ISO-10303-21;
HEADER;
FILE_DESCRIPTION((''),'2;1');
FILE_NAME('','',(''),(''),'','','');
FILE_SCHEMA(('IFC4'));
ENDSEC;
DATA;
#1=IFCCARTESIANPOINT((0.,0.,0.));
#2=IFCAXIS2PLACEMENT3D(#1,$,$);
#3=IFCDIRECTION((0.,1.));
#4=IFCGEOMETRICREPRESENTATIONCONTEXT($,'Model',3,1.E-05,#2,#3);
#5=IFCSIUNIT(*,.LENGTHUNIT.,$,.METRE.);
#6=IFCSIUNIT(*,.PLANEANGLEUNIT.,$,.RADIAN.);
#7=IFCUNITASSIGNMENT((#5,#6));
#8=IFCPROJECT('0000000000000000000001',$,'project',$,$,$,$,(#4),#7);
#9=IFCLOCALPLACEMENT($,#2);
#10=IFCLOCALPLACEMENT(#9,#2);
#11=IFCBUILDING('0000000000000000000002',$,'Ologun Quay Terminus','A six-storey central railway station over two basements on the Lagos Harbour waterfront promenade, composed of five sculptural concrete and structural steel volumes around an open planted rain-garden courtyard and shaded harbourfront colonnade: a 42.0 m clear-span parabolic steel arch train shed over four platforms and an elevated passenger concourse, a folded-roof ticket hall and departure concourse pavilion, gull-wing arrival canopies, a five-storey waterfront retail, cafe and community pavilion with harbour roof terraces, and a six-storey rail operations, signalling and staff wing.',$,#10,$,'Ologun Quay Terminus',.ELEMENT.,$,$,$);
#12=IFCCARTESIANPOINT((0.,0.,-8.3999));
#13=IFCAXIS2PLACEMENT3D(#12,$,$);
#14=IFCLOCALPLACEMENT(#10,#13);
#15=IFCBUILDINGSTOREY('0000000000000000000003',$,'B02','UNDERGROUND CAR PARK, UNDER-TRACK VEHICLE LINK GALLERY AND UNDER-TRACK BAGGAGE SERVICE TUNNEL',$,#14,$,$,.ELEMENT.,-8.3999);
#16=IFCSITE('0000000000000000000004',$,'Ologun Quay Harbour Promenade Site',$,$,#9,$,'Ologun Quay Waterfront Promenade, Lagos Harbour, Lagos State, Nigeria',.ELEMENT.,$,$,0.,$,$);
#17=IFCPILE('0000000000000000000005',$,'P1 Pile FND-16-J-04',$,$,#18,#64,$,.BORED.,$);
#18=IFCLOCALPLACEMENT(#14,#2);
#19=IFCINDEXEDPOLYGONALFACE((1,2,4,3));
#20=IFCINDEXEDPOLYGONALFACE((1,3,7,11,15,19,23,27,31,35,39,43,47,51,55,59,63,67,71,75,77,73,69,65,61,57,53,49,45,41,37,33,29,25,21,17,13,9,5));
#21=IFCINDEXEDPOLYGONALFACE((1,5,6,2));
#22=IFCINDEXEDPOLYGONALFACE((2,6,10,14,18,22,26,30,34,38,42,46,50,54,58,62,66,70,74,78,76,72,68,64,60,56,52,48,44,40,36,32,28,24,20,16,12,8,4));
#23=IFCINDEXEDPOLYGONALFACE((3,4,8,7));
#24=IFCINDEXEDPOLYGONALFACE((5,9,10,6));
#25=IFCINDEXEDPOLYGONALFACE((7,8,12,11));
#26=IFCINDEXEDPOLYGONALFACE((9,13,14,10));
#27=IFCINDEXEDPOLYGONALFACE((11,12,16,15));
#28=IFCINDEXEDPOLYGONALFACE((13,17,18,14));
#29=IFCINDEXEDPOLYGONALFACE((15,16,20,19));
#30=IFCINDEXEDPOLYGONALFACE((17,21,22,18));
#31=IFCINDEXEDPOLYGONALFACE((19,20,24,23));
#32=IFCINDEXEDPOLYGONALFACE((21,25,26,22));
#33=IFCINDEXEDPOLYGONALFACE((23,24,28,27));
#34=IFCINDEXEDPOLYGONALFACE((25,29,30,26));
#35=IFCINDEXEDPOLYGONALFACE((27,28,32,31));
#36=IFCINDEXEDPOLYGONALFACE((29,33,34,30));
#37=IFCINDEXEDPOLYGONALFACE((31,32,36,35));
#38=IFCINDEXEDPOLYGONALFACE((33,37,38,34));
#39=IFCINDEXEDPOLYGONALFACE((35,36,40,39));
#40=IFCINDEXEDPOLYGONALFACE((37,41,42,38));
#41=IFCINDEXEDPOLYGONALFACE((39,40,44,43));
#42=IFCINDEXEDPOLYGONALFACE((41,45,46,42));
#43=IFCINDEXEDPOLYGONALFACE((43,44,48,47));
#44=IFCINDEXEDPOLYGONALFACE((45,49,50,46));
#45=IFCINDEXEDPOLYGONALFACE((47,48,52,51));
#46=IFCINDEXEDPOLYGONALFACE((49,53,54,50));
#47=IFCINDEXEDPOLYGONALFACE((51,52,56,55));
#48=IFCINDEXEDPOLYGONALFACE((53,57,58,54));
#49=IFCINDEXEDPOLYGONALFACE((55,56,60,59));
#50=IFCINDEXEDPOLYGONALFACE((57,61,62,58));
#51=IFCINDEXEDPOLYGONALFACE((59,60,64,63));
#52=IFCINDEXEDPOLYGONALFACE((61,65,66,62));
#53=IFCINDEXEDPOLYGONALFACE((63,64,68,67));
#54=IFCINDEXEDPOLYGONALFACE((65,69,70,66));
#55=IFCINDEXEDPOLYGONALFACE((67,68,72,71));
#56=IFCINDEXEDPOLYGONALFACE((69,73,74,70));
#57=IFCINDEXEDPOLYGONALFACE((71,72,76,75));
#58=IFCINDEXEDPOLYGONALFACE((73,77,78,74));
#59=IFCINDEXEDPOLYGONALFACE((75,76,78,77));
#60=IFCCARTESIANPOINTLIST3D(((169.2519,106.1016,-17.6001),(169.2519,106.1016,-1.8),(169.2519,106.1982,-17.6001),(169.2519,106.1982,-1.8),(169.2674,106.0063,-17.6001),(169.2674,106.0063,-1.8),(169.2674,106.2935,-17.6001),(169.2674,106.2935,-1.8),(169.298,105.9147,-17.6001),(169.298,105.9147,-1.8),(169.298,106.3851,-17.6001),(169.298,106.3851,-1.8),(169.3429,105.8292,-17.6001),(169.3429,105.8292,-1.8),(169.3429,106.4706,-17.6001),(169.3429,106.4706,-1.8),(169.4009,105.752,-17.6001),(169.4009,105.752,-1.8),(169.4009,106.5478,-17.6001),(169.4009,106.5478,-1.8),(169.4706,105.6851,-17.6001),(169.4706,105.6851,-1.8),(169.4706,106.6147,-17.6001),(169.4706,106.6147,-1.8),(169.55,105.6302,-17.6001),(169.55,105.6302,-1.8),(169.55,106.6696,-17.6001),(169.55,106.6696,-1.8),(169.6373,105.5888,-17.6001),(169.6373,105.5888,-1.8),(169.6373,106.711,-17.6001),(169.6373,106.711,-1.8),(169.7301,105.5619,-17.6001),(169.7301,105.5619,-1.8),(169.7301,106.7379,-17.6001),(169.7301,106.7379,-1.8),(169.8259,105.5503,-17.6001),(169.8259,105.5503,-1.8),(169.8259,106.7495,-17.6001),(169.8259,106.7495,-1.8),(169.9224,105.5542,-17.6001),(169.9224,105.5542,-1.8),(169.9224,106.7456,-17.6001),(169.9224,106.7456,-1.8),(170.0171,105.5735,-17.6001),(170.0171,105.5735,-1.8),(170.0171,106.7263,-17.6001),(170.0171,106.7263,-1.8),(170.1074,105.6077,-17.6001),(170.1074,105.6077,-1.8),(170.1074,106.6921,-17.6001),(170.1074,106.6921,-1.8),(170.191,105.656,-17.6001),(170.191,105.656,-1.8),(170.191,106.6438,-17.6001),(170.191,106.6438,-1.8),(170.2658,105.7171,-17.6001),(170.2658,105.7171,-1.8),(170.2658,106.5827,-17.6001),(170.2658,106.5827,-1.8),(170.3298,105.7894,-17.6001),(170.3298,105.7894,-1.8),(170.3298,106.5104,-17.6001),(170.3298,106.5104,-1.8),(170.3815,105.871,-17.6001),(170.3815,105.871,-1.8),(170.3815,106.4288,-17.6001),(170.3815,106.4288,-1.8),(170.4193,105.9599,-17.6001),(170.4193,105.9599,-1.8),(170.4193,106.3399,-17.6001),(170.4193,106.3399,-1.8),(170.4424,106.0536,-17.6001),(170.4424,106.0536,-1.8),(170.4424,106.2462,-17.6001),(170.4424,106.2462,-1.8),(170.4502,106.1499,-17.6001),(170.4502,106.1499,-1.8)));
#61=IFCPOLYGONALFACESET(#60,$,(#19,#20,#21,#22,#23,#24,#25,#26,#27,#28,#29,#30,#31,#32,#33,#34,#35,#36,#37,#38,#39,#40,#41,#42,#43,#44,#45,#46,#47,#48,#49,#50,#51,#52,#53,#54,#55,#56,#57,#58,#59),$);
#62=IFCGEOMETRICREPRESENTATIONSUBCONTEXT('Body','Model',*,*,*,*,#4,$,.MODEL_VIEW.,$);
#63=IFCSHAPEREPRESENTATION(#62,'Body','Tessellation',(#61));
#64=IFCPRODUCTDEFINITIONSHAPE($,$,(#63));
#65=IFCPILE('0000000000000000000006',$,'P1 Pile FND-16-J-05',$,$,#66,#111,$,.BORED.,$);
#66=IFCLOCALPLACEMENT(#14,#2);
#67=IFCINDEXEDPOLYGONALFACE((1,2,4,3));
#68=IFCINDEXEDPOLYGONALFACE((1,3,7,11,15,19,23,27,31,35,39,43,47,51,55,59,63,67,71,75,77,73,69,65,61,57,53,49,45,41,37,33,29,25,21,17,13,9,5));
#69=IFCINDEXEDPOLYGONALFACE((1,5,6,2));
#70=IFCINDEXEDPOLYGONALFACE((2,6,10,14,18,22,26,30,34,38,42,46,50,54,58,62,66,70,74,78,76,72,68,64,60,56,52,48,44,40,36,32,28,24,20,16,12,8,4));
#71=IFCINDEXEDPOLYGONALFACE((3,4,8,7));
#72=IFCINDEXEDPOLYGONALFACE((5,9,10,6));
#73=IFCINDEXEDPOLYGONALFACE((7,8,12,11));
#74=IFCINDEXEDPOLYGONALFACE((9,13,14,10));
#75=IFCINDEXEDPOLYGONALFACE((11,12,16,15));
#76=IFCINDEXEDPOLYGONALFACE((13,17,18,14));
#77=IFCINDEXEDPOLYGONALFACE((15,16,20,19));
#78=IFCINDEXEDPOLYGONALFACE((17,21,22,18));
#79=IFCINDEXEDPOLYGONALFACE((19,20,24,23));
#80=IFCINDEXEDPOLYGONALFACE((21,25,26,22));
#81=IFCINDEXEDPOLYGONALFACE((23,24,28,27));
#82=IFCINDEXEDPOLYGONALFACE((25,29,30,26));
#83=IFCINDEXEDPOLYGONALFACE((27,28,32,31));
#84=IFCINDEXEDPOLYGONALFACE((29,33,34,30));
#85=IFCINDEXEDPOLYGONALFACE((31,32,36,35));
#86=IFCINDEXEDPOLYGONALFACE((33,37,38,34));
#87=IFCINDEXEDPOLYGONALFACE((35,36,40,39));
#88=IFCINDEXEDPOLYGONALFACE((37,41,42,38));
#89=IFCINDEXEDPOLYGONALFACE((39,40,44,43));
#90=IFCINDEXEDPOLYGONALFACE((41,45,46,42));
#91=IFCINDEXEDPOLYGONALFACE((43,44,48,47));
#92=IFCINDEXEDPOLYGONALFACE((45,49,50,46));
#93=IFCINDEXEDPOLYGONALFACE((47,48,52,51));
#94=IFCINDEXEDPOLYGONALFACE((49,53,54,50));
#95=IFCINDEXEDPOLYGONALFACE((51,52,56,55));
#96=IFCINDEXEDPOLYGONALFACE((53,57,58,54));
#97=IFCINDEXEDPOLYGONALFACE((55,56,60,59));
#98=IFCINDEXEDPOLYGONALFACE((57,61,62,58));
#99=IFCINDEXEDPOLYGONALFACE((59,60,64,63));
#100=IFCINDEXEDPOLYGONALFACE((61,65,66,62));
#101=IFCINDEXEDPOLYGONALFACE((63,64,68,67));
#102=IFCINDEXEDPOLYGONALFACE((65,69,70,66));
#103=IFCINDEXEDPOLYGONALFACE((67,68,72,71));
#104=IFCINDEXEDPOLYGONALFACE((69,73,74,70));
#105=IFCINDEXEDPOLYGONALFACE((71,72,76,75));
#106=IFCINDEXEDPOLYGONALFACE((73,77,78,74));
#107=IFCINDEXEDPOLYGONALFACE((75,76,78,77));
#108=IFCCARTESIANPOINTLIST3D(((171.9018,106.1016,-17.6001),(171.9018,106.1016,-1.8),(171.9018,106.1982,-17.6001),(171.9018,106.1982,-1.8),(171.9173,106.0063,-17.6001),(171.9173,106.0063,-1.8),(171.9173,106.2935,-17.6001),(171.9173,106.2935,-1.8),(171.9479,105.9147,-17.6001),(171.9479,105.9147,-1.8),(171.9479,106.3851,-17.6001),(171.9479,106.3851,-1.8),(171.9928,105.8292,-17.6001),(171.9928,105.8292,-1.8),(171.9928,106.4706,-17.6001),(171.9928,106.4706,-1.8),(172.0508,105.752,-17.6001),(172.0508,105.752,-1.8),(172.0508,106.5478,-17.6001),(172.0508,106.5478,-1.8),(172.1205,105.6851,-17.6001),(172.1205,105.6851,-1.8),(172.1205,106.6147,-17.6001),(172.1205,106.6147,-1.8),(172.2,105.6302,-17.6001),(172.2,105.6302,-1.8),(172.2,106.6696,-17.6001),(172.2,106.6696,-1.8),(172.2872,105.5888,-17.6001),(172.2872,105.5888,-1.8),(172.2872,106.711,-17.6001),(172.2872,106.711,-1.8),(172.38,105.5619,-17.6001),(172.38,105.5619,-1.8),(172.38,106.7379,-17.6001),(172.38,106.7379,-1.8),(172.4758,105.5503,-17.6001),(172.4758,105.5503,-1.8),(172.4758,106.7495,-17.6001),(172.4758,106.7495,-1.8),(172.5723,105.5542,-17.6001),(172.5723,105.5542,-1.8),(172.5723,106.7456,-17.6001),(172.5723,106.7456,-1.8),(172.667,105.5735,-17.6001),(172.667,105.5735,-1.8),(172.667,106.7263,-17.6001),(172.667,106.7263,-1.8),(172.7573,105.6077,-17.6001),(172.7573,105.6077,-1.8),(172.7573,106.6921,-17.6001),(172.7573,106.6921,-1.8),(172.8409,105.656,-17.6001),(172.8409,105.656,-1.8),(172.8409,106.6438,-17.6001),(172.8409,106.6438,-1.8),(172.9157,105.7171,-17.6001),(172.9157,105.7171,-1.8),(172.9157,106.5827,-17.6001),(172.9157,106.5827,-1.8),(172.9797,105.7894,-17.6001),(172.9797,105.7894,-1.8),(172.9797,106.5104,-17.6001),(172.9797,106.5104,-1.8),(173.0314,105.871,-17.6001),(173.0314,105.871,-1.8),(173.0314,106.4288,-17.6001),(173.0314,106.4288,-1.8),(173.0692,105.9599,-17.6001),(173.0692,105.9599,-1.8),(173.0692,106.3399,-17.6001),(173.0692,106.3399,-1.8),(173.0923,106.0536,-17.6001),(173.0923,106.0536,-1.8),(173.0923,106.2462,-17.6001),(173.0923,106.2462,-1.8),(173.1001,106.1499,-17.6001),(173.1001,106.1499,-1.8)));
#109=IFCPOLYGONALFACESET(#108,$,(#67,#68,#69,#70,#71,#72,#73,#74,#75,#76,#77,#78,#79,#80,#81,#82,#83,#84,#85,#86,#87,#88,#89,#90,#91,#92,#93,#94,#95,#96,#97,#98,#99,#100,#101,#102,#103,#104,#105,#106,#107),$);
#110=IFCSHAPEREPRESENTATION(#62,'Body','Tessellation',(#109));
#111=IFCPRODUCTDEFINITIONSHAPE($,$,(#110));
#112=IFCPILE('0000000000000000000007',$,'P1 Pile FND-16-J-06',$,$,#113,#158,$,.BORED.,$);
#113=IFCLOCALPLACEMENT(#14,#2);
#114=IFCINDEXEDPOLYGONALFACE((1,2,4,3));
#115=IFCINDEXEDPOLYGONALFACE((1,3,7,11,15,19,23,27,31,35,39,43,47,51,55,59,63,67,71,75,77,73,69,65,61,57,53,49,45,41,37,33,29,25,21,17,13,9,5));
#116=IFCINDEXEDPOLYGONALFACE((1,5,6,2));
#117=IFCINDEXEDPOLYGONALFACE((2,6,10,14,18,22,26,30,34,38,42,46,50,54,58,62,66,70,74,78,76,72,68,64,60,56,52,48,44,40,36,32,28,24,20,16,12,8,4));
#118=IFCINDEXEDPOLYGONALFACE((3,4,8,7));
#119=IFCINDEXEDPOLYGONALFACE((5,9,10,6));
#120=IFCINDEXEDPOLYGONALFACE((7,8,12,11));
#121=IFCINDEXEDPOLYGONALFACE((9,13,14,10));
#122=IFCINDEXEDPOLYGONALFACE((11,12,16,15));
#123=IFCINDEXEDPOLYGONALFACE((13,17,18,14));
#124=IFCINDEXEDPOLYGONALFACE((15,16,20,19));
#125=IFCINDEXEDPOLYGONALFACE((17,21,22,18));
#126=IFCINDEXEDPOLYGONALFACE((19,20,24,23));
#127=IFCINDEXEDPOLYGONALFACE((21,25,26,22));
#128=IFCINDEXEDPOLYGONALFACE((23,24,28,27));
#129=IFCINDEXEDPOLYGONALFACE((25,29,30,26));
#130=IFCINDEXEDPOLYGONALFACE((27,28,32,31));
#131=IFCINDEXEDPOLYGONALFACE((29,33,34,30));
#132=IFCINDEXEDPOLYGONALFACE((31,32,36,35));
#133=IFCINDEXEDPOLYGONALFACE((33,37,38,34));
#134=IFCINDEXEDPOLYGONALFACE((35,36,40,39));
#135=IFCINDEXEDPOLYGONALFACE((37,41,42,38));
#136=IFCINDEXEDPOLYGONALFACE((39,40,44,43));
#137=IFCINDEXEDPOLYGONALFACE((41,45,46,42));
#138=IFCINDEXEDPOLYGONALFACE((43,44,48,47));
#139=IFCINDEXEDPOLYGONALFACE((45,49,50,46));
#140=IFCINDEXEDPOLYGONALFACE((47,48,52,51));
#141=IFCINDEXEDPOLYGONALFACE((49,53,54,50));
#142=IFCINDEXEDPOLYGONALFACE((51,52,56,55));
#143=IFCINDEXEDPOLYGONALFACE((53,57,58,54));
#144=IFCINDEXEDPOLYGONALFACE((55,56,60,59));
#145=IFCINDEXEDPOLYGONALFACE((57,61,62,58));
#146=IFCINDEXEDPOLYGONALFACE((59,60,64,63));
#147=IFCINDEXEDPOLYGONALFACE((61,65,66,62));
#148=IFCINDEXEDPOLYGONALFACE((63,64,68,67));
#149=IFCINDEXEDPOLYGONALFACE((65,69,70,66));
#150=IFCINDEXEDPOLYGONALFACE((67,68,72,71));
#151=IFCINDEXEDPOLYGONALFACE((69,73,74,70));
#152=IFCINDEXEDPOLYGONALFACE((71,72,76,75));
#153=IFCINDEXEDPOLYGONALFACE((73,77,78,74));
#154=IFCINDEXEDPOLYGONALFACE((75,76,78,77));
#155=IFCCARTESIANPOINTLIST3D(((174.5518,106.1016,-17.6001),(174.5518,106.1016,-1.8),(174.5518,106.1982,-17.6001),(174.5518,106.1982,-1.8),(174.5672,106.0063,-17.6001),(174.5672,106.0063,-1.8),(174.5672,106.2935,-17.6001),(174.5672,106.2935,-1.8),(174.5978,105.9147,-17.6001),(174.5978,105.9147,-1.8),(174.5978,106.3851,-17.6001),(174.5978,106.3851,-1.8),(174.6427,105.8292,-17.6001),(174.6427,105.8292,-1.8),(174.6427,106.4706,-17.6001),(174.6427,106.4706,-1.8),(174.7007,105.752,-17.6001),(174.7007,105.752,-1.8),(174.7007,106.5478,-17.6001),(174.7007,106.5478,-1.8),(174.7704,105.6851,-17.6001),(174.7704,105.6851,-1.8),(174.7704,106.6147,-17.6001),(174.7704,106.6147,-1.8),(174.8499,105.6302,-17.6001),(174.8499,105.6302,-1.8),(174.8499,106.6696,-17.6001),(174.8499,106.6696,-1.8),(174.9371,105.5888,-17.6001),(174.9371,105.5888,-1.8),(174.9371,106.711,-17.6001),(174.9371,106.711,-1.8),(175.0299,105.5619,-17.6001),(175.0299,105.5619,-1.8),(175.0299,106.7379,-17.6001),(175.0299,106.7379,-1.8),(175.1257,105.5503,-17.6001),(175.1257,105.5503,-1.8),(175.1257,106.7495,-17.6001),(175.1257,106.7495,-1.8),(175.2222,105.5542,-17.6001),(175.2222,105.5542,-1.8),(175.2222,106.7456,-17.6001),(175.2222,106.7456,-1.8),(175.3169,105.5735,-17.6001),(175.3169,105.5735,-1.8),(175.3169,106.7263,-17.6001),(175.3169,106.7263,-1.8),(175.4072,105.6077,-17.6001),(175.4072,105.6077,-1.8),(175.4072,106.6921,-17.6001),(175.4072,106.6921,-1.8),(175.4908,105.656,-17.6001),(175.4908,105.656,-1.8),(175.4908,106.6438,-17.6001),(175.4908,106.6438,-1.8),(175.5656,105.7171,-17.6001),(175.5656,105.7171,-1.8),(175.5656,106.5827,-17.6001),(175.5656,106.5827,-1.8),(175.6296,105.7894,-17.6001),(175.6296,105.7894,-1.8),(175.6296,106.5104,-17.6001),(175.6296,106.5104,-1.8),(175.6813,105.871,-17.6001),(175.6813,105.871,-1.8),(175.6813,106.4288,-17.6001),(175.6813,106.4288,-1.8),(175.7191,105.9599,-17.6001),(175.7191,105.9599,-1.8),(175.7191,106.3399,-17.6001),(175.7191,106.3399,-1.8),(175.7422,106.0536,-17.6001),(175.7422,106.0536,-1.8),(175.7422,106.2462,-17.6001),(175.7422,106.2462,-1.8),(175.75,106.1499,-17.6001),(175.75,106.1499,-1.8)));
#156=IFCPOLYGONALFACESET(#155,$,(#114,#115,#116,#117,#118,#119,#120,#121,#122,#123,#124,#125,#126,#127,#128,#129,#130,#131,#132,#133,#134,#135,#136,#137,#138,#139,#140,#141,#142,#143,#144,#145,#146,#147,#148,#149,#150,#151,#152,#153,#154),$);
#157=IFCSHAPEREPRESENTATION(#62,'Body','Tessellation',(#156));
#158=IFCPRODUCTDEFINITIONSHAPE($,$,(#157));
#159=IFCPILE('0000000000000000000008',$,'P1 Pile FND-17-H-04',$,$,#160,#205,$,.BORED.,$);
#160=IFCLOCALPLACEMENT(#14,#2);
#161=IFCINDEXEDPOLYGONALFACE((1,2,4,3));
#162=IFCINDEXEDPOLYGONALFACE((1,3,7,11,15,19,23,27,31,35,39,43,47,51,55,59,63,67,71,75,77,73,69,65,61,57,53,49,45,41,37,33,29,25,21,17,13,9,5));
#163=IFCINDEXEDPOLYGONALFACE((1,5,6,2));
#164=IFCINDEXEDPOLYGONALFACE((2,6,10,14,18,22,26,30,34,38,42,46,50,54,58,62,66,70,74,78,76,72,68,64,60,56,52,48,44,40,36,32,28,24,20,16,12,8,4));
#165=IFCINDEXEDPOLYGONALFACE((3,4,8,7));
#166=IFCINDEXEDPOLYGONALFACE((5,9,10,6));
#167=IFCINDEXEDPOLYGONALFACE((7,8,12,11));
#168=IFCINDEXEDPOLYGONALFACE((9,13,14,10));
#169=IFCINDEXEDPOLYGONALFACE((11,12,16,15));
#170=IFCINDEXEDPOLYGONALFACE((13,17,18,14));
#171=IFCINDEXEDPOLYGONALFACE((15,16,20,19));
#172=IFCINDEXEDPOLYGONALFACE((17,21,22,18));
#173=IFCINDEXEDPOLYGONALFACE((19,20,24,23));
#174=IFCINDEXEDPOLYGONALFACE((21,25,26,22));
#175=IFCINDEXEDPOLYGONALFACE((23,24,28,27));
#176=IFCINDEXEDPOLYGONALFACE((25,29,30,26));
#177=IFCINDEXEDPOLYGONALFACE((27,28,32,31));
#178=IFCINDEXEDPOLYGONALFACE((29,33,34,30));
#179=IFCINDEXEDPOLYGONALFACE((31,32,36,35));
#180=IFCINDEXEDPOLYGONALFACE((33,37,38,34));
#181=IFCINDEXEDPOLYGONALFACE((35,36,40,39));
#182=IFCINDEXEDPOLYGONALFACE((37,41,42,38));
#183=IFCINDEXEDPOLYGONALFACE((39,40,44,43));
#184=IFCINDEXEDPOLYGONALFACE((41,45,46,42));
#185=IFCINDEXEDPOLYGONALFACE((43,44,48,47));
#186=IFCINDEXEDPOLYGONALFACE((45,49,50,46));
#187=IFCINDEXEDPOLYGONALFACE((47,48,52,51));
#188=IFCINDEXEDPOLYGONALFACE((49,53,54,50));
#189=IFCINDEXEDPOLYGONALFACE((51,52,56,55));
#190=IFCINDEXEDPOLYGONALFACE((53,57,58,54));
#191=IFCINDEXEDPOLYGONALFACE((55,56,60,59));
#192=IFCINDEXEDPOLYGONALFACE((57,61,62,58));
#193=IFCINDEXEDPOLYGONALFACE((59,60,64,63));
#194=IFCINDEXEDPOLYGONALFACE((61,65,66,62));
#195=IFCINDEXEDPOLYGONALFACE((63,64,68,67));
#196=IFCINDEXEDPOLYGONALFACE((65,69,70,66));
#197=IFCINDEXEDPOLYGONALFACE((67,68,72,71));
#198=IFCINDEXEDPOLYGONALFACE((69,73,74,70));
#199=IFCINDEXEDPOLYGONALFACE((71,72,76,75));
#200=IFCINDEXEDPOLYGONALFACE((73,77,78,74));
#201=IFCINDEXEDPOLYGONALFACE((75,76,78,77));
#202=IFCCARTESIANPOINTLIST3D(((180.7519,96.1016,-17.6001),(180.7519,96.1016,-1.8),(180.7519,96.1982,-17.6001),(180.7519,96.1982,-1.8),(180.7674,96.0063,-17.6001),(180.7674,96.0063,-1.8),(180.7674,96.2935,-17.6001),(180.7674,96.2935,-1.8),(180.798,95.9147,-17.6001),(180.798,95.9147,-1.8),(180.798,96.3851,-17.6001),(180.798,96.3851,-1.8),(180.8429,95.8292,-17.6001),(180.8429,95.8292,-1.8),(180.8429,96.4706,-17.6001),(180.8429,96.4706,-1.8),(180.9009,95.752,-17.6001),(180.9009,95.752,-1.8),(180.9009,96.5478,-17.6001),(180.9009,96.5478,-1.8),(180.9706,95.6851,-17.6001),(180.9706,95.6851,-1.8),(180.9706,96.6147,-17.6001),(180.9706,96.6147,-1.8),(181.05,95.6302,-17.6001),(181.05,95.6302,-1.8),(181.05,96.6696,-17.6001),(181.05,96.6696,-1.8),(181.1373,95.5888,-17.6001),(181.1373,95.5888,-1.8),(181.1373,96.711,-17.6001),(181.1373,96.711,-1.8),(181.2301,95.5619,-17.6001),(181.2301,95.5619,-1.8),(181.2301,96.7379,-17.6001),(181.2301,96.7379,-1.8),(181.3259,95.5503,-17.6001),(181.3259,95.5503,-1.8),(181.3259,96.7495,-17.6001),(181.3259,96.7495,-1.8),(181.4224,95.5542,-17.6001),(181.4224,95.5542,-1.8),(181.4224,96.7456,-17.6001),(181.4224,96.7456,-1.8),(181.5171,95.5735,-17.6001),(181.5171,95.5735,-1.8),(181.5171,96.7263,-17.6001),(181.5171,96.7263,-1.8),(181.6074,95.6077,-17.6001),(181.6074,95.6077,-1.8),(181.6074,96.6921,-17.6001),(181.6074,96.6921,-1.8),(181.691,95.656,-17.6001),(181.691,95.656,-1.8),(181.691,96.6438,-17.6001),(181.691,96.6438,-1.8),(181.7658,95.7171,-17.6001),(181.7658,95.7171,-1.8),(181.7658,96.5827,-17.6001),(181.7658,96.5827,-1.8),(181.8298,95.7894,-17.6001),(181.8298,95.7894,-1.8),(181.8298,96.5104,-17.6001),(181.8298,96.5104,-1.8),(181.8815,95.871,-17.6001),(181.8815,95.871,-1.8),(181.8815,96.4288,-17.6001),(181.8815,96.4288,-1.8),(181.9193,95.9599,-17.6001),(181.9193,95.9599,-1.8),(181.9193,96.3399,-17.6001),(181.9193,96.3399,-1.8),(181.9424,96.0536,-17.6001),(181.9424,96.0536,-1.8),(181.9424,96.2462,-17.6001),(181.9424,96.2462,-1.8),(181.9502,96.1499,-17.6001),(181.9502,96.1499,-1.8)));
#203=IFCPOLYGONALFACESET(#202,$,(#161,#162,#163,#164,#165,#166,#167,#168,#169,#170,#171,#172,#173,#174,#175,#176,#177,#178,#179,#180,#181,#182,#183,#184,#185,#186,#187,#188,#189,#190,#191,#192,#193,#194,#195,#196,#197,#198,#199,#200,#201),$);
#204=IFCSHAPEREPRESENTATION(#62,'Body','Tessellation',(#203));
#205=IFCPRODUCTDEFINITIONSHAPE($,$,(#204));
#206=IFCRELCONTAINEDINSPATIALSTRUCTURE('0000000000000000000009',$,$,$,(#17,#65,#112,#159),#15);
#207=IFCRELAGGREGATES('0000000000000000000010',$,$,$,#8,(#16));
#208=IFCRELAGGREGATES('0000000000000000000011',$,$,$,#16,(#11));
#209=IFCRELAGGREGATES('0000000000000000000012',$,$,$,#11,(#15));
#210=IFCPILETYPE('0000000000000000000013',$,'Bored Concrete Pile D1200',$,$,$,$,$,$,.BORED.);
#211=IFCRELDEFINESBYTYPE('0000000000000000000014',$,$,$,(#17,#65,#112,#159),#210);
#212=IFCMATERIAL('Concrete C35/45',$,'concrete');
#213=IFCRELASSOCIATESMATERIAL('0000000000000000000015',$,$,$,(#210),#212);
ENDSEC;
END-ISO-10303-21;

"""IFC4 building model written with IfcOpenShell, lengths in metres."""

from ifc_helpers import new_model, si_unit, direction, frame, origin, origin_2d, place, context, subcontext, project, spatial, circle, extrude, material, material_profile, profile_set, type_object, element, save


model = new_model("IFC4")

# Units and contexts
model_context = context("Model", 3, precision=1e-05, world=origin(), true_north=direction((0.0, 1.0)))
body_context = subcontext(model_context, "Body", "Model", "MODEL_VIEW")
ifc_project = project(units=[si_unit("LENGTHUNIT", "METRE"), si_unit("PLANEANGLEUNIT", "RADIAN")], contexts=[model_context])

# Site, building, storey
site_placement = place(None, origin())
site = spatial("IfcSite", under=ifc_project, at=site_placement, Name="Ologun Quay Harbour Promenade Site", LongName="Ologun Quay Waterfront Promenade, Lagos Harbour, Lagos State, Nigeria", CompositionType="ELEMENT", RefElevation=0.0)
building_placement = place(site_placement, origin())
building = spatial("IfcBuilding", under=site, at=building_placement, Name="Ologun Quay Terminus", Description="A six-storey central railway station over two basements on the Lagos Harbour waterfront promenade, composed of five sculptural concrete and structural steel volumes around an open planted rain-garden courtyard and shaded harbourfront colonnade: a 42.0 m clear-span parabolic steel arch train shed over four platforms and an elevated passenger concourse, a folded-roof ticket hall and departure concourse pavilion, gull-wing arrival canopies, a five-storey waterfront retail, cafe and community pavilion with harbour roof terraces, and a six-storey rail operations, signalling and staff wing.", LongName="Ologun Quay Terminus", CompositionType="ELEMENT")
storey_placement = place(building_placement, frame((0.0, 0.0, -8.3999)))
storey = spatial("IfcBuildingStorey", under=building, at=storey_placement, Name="B02", Description="UNDERGROUND CAR PARK, UNDER-TRACK VEHICLE LINK GALLERY AND UNDER-TRACK BAGGAGE SERVICE TUNNEL", CompositionType="ELEMENT", Elevation=-8.3999)

# Piles
ifc_material_1 = material(Name="Concrete C35/45", Category="concrete")
ifc_material_profile_1 = material_profile(ifc_material_1, circle(Radius=0.6001, at=origin_2d()), Name="PILE D1200")
ifc_profile_set_1 = profile_set([ifc_material_profile_1], Name="Concrete C35/45")
pile_type = type_object("IfcPileType", Name="Bored Concrete Pile D1200", PredefinedType="BORED", material=ifc_profile_set_1)
for number, where, z_axis, x_axis, name in (
    (1, (169.8501, 106.1499, -1.8), (0.0, 0.0, -1.0), (1.0, 0.0, 0.0), "P1 Pile FND-16-J-04"),
    (2, (172.5, 106.1499, -1.8), (0.0, 0.0, -1.0), (1.0, 0.0, 0.0), "P1 Pile FND-16-J-05"),
    (3, (175.1499, 106.1499, -1.8), (0.0, 0.0, -1.0), (1.0, 0.0, 0.0), "P1 Pile FND-16-J-06"),
    (4, (181.3501, 96.1499, -1.8), (0.0, 0.0, -1.0), (1.0, 0.0, 0.0), "P1 Pile FND-17-H-04"),
):
    element("IfcPile", number, at=place(storey_placement, frame(where, z_axis=z_axis, x_axis=x_axis)), inside=storey, type_object=pile_type, Name=name, PredefinedType="BORED", context=body_context, shape_type="SweptSolid", body=[
        extrude(circle(Radius=0.6001, at=origin_2d()), origin(), (0.0, 0.0, 1.0), 15.8),
    ])

save(model, "model.ifc")
